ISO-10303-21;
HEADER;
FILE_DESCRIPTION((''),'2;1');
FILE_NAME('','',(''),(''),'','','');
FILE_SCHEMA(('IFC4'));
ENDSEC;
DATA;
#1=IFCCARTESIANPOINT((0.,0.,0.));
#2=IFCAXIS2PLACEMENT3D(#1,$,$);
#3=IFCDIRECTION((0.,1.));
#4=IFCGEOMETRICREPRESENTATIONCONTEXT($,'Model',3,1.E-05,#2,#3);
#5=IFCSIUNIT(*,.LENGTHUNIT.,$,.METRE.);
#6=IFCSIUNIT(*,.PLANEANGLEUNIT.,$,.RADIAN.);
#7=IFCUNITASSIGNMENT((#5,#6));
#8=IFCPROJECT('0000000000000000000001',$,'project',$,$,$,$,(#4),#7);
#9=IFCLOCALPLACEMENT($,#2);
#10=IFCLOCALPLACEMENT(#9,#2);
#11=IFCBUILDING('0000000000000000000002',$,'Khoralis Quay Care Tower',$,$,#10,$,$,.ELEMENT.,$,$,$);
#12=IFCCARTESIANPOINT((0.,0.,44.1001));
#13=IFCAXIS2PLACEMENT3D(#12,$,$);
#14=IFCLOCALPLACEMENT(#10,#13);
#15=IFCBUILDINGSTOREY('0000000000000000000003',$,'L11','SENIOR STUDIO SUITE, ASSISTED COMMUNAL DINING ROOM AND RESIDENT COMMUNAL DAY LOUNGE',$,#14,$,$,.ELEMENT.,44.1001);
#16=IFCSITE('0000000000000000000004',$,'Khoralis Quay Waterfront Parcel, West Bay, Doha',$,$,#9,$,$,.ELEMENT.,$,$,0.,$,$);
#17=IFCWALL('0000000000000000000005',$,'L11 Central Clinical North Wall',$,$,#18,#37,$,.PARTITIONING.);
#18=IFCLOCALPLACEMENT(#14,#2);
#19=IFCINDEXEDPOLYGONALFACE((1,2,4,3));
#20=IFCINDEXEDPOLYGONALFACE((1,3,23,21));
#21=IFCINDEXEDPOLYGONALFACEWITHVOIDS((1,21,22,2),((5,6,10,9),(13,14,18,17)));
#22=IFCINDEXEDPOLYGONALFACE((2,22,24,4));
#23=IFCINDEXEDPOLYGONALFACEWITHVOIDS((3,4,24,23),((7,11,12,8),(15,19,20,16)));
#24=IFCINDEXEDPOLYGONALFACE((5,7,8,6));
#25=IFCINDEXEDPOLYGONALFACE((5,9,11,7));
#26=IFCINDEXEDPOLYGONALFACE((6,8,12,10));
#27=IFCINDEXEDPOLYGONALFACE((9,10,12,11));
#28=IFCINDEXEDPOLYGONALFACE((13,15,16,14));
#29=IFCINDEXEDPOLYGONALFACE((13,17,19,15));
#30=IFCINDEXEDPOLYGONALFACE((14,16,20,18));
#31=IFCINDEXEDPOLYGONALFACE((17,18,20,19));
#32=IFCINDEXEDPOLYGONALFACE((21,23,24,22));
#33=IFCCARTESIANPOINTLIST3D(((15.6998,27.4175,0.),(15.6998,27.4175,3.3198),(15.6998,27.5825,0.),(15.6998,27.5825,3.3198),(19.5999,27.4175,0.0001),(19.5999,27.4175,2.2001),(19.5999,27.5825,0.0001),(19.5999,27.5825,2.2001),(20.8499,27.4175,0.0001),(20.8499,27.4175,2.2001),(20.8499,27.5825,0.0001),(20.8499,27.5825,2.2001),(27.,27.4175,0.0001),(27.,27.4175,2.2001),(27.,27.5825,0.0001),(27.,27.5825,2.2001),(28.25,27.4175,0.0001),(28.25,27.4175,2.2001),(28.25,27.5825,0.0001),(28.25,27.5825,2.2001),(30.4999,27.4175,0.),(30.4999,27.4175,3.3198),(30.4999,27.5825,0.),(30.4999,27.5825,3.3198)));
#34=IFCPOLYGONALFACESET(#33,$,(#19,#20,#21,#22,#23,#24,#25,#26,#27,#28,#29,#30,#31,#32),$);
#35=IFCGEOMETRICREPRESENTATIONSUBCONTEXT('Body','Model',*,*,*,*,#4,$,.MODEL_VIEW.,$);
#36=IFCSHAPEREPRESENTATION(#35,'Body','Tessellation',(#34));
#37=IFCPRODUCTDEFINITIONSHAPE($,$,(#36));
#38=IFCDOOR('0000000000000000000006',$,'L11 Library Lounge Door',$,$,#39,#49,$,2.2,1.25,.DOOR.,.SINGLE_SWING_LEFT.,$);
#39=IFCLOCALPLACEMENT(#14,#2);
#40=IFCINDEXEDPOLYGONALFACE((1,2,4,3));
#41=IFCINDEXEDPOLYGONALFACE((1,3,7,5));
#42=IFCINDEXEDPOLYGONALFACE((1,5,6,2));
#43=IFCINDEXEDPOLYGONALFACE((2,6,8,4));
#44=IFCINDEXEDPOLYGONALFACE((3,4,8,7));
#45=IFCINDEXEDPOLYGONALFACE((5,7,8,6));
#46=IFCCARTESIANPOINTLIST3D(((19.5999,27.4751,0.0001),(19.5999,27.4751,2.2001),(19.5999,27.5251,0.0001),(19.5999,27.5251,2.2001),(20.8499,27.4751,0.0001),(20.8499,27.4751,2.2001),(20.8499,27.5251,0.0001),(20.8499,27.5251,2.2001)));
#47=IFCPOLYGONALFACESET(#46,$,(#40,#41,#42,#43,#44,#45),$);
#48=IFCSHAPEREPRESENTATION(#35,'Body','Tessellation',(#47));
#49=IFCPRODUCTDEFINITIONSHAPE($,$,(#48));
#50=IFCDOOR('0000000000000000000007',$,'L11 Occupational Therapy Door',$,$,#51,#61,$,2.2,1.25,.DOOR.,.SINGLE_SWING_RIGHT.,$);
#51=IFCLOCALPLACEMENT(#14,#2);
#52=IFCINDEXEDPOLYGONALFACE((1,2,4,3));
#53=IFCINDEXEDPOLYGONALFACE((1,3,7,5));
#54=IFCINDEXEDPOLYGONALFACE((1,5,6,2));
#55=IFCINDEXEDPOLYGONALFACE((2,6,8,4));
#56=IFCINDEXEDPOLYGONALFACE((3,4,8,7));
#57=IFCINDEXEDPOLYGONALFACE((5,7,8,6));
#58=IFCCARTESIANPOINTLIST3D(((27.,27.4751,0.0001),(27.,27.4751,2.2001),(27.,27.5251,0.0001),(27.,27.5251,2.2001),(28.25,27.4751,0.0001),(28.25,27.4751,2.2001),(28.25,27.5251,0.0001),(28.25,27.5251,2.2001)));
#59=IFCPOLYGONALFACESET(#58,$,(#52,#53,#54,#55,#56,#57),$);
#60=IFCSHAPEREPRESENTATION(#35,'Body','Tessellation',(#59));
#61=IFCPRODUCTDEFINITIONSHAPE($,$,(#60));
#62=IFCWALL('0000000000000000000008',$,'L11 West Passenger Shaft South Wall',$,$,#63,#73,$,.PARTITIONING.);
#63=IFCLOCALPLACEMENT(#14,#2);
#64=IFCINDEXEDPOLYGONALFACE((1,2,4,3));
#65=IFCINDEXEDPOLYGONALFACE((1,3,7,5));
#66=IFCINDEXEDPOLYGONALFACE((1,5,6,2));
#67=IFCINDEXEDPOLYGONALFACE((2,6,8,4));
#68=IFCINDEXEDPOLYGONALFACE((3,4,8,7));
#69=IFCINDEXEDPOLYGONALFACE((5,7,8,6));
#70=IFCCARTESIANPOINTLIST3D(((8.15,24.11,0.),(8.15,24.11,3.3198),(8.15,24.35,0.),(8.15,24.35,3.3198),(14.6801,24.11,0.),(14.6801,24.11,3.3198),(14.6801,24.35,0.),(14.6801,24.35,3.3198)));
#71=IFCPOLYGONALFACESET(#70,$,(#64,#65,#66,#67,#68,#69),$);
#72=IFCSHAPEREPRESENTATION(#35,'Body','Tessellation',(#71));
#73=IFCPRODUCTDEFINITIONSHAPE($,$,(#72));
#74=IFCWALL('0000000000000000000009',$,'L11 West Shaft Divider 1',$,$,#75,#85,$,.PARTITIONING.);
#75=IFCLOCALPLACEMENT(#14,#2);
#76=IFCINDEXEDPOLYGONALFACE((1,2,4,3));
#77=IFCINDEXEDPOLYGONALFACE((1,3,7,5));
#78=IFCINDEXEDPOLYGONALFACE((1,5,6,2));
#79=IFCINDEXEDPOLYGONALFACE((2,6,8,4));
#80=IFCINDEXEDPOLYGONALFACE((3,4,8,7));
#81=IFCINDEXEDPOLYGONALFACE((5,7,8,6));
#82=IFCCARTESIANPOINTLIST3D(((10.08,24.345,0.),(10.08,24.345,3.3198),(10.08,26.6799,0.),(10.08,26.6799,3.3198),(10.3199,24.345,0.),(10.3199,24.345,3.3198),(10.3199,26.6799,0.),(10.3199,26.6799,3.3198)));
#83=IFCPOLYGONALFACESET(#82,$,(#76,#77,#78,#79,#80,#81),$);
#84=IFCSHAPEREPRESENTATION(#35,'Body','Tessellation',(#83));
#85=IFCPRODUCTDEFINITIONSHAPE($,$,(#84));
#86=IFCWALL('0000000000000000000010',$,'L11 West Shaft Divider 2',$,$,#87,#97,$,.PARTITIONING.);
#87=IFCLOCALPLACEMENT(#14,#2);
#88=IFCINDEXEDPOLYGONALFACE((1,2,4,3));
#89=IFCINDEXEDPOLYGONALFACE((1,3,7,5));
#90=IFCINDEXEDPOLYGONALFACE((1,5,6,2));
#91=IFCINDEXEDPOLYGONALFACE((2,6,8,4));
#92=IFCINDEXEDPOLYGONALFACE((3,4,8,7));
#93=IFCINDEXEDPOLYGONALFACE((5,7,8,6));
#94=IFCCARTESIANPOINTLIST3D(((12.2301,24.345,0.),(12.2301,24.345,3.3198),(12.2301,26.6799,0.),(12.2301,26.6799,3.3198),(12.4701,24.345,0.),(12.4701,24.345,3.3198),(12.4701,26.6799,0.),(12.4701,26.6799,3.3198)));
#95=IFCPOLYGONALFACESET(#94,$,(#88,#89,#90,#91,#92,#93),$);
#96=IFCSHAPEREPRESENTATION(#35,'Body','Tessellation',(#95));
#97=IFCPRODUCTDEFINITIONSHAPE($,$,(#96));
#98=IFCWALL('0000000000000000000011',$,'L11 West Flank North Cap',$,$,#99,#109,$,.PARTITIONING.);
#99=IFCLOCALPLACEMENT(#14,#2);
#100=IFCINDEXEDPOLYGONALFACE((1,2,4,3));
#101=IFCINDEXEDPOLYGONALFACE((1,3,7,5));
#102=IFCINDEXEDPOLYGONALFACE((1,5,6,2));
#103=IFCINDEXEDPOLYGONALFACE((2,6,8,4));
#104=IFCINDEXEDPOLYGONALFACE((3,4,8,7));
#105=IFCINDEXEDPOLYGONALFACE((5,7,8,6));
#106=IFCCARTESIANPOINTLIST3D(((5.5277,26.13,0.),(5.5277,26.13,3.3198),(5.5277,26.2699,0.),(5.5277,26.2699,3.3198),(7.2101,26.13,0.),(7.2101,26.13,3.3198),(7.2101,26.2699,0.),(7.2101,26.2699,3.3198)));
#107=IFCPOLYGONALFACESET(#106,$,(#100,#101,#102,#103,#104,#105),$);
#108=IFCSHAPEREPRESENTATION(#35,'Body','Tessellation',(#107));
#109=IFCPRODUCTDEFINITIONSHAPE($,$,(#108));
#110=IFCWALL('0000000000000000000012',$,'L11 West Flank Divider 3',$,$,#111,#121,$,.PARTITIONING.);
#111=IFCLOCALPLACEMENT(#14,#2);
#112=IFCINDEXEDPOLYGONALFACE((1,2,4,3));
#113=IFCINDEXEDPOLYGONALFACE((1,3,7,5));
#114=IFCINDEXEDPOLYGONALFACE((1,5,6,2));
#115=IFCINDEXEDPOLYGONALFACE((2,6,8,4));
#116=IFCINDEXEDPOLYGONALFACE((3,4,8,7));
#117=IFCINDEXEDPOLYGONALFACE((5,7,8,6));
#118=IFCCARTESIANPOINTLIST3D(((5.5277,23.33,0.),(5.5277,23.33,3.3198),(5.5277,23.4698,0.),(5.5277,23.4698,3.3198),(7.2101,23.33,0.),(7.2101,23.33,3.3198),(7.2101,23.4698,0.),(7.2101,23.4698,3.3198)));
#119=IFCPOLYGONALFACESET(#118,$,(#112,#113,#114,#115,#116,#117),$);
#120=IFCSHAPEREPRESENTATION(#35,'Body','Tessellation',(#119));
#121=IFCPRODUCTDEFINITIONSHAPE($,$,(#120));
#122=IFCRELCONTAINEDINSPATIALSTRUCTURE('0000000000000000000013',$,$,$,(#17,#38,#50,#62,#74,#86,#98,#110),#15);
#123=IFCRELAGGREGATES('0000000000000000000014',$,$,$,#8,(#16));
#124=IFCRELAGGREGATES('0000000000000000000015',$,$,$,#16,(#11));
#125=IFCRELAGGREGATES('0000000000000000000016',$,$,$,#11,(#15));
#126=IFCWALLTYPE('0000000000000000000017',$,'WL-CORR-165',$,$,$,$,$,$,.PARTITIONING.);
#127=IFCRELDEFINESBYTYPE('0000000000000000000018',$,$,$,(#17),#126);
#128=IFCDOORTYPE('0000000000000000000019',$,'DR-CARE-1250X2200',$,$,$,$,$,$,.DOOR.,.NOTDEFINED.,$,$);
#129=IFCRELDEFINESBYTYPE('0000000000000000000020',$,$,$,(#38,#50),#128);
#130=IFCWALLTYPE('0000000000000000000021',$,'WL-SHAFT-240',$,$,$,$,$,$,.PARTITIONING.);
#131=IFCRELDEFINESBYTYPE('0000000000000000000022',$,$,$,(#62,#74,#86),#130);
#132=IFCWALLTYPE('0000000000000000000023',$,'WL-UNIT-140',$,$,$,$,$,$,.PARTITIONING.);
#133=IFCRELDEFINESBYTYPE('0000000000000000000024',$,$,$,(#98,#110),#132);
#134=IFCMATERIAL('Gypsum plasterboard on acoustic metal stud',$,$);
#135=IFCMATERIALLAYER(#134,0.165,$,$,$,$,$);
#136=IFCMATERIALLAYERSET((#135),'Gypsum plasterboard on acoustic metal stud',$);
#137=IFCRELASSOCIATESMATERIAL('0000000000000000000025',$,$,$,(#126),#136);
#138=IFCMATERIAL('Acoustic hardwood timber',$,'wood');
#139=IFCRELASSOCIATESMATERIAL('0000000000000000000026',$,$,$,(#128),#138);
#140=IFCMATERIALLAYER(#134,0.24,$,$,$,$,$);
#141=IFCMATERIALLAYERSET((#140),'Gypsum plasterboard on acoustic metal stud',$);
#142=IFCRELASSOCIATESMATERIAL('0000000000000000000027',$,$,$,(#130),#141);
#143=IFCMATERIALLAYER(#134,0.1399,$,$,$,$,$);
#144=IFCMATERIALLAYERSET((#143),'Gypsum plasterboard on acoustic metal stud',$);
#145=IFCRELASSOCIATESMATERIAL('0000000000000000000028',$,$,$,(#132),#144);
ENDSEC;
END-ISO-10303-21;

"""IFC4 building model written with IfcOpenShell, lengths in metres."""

from ifc_helpers import new_model, si_unit, direction, frame, frame_2d, origin, place, context, subcontext, project, spatial, rectangle, extrude, source, transform, mapped, material, layer, layer_set, type_object, element, fill, save


model = new_model("IFC4")

# Units and contexts
model_context = context("Model", 3, precision=1e-05, world=origin(), true_north=direction((0.0, 1.0)))
body_context = subcontext(model_context, "Body", "Model", "MODEL_VIEW")
ifc_project = project(units=[si_unit("LENGTHUNIT", "METRE"), si_unit("PLANEANGLEUNIT", "RADIAN")], contexts=[model_context])

# Site, building, storey
site_placement = place(None, origin())
site = spatial("IfcSite", under=ifc_project, at=site_placement, Name="Khoralis Quay Waterfront Parcel, West Bay, Doha", CompositionType="ELEMENT", RefElevation=0.0)
building_placement = place(site_placement, origin())
building = spatial("IfcBuilding", under=site, at=building_placement, Name="Khoralis Quay Care Tower", CompositionType="ELEMENT")
storey_placement = place(building_placement, frame((0.0, 0.0, 44.1001)))
storey = spatial("IfcBuildingStorey", under=building, at=storey_placement, Name="L11", Description="SENIOR STUDIO SUITE, ASSISTED COMMUNAL DINING ROOM AND RESIDENT COMMUNAL DAY LOUNGE", CompositionType="ELEMENT", Elevation=44.1001)

# Shared definitions
ifc_material_1 = material(Name="Gypsum plasterboard on acoustic metal stud")
ifc_layer_1 = layer(ifc_material_1, 0.165)
ifc_layer_set_1 = layer_set([ifc_layer_1], Name="Gypsum plasterboard on acoustic metal stud")
wall_type_1 = type_object("IfcWallType", Name="WL-CORR-165", PredefinedType="PARTITIONING", material=ifc_layer_set_1)

# Wall, openings, doors
wall_1_placement = place(storey_placement, frame((15.7, 27.5, 0.0), z_axis=(0.0, 0.0, 1.0), x_axis=(1.0, 0.0, 0.0)))
wall_1 = element("IfcWall", 1, at=wall_1_placement, inside=storey, type_object=wall_type_1, Name="L11 Central Clinical North Wall", PredefinedType="PARTITIONING", context=body_context, shape_type="SweptSolid", body=[
    extrude(rectangle(XDim=14.8, YDim=0.165, at=frame_2d((7.3999, 0.0))), origin(), (0.0, 0.0, 1.0), 3.3198),
])
opening_1_placement = place(wall_1_placement, frame((3.8999, 0.0, 0.0)))
opening_1 = element("IfcOpeningElement", 2, at=opening_1_placement, cuts=wall_1, PredefinedType="OPENING", context=body_context, shape_type="SweptSolid", body=[
    extrude(rectangle(XDim=1.25, YDim=2.2, at=frame_2d((0.625, 1.1001))), frame((0.0, 0.0925, 0.0), z_axis=(0.0, -1.0, 0.0), x_axis=(1.0, 0.0, 0.0)), (0.0, 0.0, 1.0), 0.1851),
])
opening_2_placement = place(wall_1_placement, frame((11.3, 0.0, 0.0)))
opening_2 = element("IfcOpeningElement", 3, at=opening_2_placement, cuts=wall_1, PredefinedType="OPENING", context=body_context, shape_type="SweptSolid", body=[
    extrude(rectangle(XDim=1.25, YDim=2.2, at=frame_2d((0.625, 1.1001))), frame((0.0, 0.0925, 0.0), z_axis=(0.0, -1.0, 0.0), x_axis=(1.0, 0.0, 0.0)), (0.0, 0.0, 1.0), 0.1851),
])
ifc_material_2 = material(Name="Acoustic hardwood timber", Category="wood")
door_type_1 = type_object("IfcDoorType", Name="DR-CARE-1250X2200", OperationType="NOTDEFINED", PredefinedType="DOOR", material=ifc_material_2)
shared_shape_1 = source(origin(), body_context, "Body", "SweptSolid", [
    extrude(rectangle(XDim=1.25, YDim=2.2, at=frame_2d((0.625, 1.1001))), frame((0.0, 0.0249, 0.0), z_axis=(0.0, -1.0, 0.0), x_axis=(1.0, 0.0, 0.0)), (0.0, 0.0, 1.0), 0.05),
])
door_1_placement = place(opening_1_placement, frame((1.25, 0.0, 0.0), z_axis=(0.0, 0.0, 1.0), x_axis=(-1.0, 0.0, 0.0)))
door_1 = element("IfcDoor", 4, at=door_1_placement, inside=storey, type_object=door_type_1, Name="L11 Library Lounge Door", OperationType="SINGLE_SWING_LEFT", OverallHeight=2.2, OverallWidth=1.25, PredefinedType="DOOR", context=body_context, shape_type="MappedRepresentation", body=[
    mapped(shared_shape_1, transform((0.0, 0.0, 0.0), scale=1.0)),
])
fill(opening_1, door_1)
door_2_placement = place(opening_2_placement, frame((1.25, 0.0, 0.0), z_axis=(0.0, 0.0, 1.0), x_axis=(-1.0, 0.0, 0.0)))
door_2 = element("IfcDoor", 5, at=door_2_placement, inside=storey, type_object=door_type_1, Name="L11 Occupational Therapy Door", OperationType="SINGLE_SWING_RIGHT", OverallHeight=2.2, OverallWidth=1.25, PredefinedType="DOOR", context=body_context, shape_type="MappedRepresentation", body=[
    mapped(shared_shape_1, transform((0.0, 0.0, 0.0), scale=1.0)),
])
fill(opening_2, door_2)

# Walls
ifc_layer_2 = layer(ifc_material_1, 0.24)
ifc_layer_set_2 = layer_set([ifc_layer_2], Name="Gypsum plasterboard on acoustic metal stud")
wall_type_2 = type_object("IfcWallType", Name="WL-SHAFT-240", PredefinedType="PARTITIONING", material=ifc_layer_set_2)
wall_2_placement = place(storey_placement, frame((8.1499, 24.23, 0.0), z_axis=(0.0, 0.0, 1.0), x_axis=(1.0, 0.0, 0.0)))
element("IfcWall", 6, at=wall_2_placement, inside=storey, type_object=wall_type_2, Name="L11 West Passenger Shaft South Wall", PredefinedType="PARTITIONING", context=body_context, shape_type="SweptSolid", body=[
    extrude(rectangle(XDim=6.53, YDim=0.24, at=frame_2d((3.2651, 0.0))), origin(), (0.0, 0.0, 1.0), 3.3198),
])
for number, where, z_axis, x_axis, name in (
    (7, (10.2, 24.345, 0.0), (0.0, 0.0, 1.0), (0.0, 1.0, 0.0), "L11 West Shaft Divider 1"),
    (8, (12.3501, 24.345, 0.0), (0.0, 0.0, 1.0), (0.0, 1.0, 0.0), "L11 West Shaft Divider 2"),
):
    element("IfcWall", number, at=place(storey_placement, frame(where, z_axis=z_axis, x_axis=x_axis)), inside=storey, type_object=wall_type_2, Name=name, PredefinedType="PARTITIONING", context=body_context, shape_type="SweptSolid", body=[
        extrude(rectangle(XDim=2.335, YDim=0.24, at=frame_2d((1.1675, 0.0))), origin(), (0.0, 0.0, 1.0), 3.3198),
    ])
ifc_layer_3 = layer(ifc_material_1, 0.1399)
ifc_layer_set_3 = layer_set([ifc_layer_3], Name="Gypsum plasterboard on acoustic metal stud")
wall_type_3 = type_object("IfcWallType", Name="WL-UNIT-140", PredefinedType="PARTITIONING", material=ifc_layer_set_3)
for number, where, z_axis, x_axis, name in (
    (9, (5.5276, 26.2, 0.0), (0.0, 0.0, 1.0), (1.0, 0.0, 0.0), "L11 West Flank North Cap"),
    (10, (5.5276, 23.3999, 0.0), (0.0, 0.0, 1.0), (1.0, 0.0, 0.0), "L11 West Flank Divider 3"),
):
    element("IfcWall", number, at=place(storey_placement, frame(where, z_axis=z_axis, x_axis=x_axis)), inside=storey, type_object=wall_type_3, Name=name, PredefinedType="PARTITIONING", context=body_context, shape_type="SweptSolid", body=[
        extrude(rectangle(XDim=1.6824, YDim=0.1399, at=frame_2d((0.8413, 0.0))), origin(), (0.0, 0.0, 1.0), 3.3198),
    ])

save(model, "model.ifc")
